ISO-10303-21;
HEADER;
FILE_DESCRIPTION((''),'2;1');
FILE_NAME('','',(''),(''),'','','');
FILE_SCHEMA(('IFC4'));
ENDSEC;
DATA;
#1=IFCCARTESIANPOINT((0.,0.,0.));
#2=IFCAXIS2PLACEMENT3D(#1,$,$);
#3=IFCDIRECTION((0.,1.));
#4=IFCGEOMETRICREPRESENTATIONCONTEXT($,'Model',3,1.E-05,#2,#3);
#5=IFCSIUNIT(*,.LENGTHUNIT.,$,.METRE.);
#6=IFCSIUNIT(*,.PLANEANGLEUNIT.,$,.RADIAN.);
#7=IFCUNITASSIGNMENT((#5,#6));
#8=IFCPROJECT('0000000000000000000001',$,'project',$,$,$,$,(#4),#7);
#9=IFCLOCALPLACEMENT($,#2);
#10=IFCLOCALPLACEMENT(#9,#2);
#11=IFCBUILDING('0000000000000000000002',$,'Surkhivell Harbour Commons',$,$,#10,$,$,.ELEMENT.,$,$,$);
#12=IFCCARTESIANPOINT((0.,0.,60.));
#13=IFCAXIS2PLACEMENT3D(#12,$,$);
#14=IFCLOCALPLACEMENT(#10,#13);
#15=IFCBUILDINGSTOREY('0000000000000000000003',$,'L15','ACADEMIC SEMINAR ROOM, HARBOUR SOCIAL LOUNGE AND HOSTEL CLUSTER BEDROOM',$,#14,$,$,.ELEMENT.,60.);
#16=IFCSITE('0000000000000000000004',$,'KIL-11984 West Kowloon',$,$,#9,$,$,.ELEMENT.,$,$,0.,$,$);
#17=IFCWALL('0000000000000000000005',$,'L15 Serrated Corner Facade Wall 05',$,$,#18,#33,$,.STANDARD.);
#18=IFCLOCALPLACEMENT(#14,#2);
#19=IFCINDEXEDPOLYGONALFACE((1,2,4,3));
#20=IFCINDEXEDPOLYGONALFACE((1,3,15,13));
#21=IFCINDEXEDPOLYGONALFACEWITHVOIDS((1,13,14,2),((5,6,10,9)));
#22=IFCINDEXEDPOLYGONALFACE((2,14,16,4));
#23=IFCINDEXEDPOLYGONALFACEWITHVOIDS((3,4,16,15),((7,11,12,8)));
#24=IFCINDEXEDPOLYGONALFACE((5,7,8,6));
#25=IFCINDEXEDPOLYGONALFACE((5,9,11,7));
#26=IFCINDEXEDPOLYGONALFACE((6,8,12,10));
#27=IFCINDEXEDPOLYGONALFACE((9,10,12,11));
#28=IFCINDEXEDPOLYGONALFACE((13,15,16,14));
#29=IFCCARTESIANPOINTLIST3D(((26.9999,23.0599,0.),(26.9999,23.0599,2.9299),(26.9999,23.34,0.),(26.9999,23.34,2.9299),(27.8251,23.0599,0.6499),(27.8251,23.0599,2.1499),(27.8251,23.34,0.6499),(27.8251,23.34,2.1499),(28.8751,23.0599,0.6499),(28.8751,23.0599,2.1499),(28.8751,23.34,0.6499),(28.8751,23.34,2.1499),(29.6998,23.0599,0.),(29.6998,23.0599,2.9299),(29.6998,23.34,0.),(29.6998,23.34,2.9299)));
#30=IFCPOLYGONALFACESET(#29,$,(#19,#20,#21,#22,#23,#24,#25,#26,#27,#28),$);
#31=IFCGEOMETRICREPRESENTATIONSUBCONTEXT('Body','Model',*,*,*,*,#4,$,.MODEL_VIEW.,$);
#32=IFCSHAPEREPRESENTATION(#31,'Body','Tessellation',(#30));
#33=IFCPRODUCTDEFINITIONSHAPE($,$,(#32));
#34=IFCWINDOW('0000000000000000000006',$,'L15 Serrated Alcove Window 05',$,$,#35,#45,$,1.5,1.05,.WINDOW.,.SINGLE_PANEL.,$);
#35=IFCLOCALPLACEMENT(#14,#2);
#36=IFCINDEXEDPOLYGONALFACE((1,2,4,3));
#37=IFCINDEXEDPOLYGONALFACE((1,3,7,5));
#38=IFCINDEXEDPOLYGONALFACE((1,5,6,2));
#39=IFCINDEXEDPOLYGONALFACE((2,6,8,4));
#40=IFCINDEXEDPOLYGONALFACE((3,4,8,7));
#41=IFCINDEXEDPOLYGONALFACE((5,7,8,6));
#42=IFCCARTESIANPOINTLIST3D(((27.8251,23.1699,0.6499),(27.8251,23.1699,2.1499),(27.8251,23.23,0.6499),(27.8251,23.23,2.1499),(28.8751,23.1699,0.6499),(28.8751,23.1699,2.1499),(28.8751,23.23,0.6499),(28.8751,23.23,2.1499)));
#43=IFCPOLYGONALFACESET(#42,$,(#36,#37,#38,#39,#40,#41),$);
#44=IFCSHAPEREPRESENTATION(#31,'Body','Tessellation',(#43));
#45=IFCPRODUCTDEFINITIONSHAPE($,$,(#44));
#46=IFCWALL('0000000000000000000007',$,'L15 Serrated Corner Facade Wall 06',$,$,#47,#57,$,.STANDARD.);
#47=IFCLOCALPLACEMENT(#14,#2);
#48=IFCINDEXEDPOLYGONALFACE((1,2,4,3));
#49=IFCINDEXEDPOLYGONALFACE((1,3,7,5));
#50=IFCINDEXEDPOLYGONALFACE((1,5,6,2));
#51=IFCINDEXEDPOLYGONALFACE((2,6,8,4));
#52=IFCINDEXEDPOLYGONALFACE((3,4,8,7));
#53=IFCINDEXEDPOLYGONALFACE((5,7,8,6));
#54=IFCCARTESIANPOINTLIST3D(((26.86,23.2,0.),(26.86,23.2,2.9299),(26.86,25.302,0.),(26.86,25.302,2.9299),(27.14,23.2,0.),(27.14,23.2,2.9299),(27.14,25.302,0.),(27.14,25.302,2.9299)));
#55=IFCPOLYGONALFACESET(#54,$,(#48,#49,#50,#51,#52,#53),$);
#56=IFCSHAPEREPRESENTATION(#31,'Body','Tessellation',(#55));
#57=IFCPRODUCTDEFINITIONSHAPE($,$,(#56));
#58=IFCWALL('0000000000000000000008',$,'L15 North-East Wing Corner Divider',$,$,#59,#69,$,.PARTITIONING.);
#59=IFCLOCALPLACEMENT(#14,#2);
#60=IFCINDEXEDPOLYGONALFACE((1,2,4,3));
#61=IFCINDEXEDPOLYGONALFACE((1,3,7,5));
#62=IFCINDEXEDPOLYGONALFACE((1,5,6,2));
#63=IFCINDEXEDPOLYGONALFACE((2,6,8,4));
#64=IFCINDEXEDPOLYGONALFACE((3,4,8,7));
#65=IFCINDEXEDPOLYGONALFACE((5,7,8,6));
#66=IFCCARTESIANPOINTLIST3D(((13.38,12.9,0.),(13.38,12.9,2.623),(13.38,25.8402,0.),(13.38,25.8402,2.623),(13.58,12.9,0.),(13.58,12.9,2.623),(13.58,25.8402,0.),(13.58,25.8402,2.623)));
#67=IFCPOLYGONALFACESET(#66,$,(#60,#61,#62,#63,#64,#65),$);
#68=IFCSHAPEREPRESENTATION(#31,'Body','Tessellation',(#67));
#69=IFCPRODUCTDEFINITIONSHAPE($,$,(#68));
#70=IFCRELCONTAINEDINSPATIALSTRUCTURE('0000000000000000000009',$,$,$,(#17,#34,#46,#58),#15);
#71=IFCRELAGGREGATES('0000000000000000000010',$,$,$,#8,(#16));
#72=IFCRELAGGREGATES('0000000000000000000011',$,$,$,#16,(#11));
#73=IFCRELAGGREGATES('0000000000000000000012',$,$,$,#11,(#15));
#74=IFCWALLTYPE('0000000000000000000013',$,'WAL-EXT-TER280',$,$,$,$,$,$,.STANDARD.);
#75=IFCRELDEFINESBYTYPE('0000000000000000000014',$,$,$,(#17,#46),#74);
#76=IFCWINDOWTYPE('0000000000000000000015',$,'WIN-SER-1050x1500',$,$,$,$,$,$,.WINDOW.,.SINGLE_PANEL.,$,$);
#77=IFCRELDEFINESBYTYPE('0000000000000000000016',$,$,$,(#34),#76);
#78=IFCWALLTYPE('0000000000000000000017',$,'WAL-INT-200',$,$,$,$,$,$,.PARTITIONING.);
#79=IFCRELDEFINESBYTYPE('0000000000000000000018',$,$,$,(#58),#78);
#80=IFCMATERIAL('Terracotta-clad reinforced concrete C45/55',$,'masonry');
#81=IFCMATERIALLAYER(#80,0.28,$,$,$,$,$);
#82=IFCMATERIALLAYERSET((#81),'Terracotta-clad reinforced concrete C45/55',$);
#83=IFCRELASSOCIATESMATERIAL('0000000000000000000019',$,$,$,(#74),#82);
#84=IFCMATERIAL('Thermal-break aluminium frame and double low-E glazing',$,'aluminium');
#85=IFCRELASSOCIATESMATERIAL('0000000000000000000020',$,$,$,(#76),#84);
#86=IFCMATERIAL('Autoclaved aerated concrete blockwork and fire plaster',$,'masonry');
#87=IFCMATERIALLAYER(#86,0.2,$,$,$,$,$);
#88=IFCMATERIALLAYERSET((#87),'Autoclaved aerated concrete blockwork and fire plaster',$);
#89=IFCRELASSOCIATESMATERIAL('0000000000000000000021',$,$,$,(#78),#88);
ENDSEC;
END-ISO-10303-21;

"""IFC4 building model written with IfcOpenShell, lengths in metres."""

from ifc_helpers import new_model, si_unit, direction, frame, frame_2d, origin, place, context, subcontext, project, spatial, rectangle, extrude, material, layer, layer_set, type_object, element, fill, save


model = new_model("IFC4")

# Units and contexts
model_context = context("Model", 3, precision=1e-05, world=origin(), true_north=direction((0.0, 1.0)))
body_context = subcontext(model_context, "Body", "Model", "MODEL_VIEW")
ifc_project = project(units=[si_unit("LENGTHUNIT", "METRE"), si_unit("PLANEANGLEUNIT", "RADIAN")], contexts=[model_context])

# Site, building, storey
site_placement = place(None, origin())
site = spatial("IfcSite", under=ifc_project, at=site_placement, Name="KIL-11984 West Kowloon", CompositionType="ELEMENT", RefElevation=0.0)
building_placement = place(site_placement, origin())
building = spatial("IfcBuilding", under=site, at=building_placement, Name="Surkhivell Harbour Commons", CompositionType="ELEMENT")
storey_placement = place(building_placement, frame((0.0, 0.0, 60.0)))
storey = spatial("IfcBuildingStorey", under=building, at=storey_placement, Name="L15", Description="ACADEMIC SEMINAR ROOM, HARBOUR SOCIAL LOUNGE AND HOSTEL CLUSTER BEDROOM", CompositionType="ELEMENT", Elevation=60.0)

# Shared definitions
ifc_material_1 = material(Name="Terracotta-clad reinforced concrete C45/55", Category="masonry")
ifc_layer_1 = layer(ifc_material_1, 0.28)
ifc_layer_set_1 = layer_set([ifc_layer_1], Name="Terracotta-clad reinforced concrete C45/55")
wall_type_1 = type_object("IfcWallType", Name="WAL-EXT-TER280", PredefinedType="STANDARD", material=ifc_layer_set_1)

# Wall, opening, window
wall_1_placement = place(storey_placement, frame((29.7, 23.2, 0.0), z_axis=(0.0, 0.0, 1.0), x_axis=(-1.0, 0.0, 0.0)))
wall_1 = element("IfcWall", 1, at=wall_1_placement, inside=storey, type_object=wall_type_1, Name="L15 Serrated Corner Facade Wall 05", PredefinedType="STANDARD", context=body_context, shape_type="SweptSolid", body=[
    extrude(rectangle(XDim=2.7, YDim=0.28, at=frame_2d((1.3501, 0.0))), origin(), (0.0, 0.0, 1.0), 2.9299),
])
opening_placement = place(wall_1_placement, frame((0.825, 0.0, 0.6499)))
opening = element("IfcOpeningElement", 2, at=opening_placement, cuts=wall_1, PredefinedType="OPENING", context=body_context, shape_type="SweptSolid", body=[
    extrude(rectangle(XDim=1.05, YDim=1.5, at=frame_2d((0.5249, 0.75))), frame((0.0, 0.1499, 0.0), z_axis=(0.0, -1.0, 0.0), x_axis=(1.0, 0.0, 0.0)), (0.0, 0.0, 1.0), 0.3),
])
ifc_material_2 = material(Name="Thermal-break aluminium frame and double low-E glazing", Category="aluminium")
window_type = type_object("IfcWindowType", Name="WIN-SER-1050x1500", PartitioningType="SINGLE_PANEL", PredefinedType="WINDOW", material=ifc_material_2)
window_placement = place(opening_placement, origin())
window = element("IfcWindow", 3, at=window_placement, inside=storey, type_object=window_type, Name="L15 Serrated Alcove Window 05", OverallHeight=1.5, OverallWidth=1.05, PartitioningType="SINGLE_PANEL", PredefinedType="WINDOW", context=body_context, shape_type="SweptSolid", body=[
    extrude(rectangle(XDim=1.05, YDim=1.5, at=frame_2d((0.5249, 0.75))), frame((0.0, 0.03, 0.0), z_axis=(0.0, -1.0, 0.0), x_axis=(1.0, 0.0, 0.0)), (0.0, 0.0, 1.0), 0.0601),
])
fill(opening, window)

# Walls
wall_2_placement = place(storey_placement, frame((27.0, 23.2, 0.0), z_axis=(0.0, 0.0, 1.0), x_axis=(0.0, 1.0, 0.0)))
element("IfcWall", 4, at=wall_2_placement, inside=storey, type_object=wall_type_1, Name="L15 Serrated Corner Facade Wall 06", PredefinedType="STANDARD", context=body_context, shape_type="SweptSolid", body=[
    extrude(rectangle(XDim=2.1021, YDim=0.28, at=frame_2d((1.051, 0.0))), origin(), (0.0, 0.0, 1.0), 2.9299),
])
ifc_material_3 = material(Name="Autoclaved aerated concrete blockwork and fire plaster", Category="masonry")
ifc_layer_2 = layer(ifc_material_3, 0.2)
ifc_layer_set_2 = layer_set([ifc_layer_2], Name="Autoclaved aerated concrete blockwork and fire plaster")
wall_type_2 = type_object("IfcWallType", Name="WAL-INT-200", PredefinedType="PARTITIONING", material=ifc_layer_set_2)
wall_3_placement = place(storey_placement, frame((13.48, 12.8999, 0.0), z_axis=(0.0, 0.0, 1.0), x_axis=(0.0, 1.0, 0.0)))
element("IfcWall", 5, at=wall_3_placement, inside=storey, type_object=wall_type_2, Name="L15 North-East Wing Corner Divider", PredefinedType="PARTITIONING", context=body_context, shape_type="SweptSolid", body=[
    extrude(rectangle(XDim=12.9402, YDim=0.2, at=frame_2d((6.4702, 0.0))), origin(), (0.0, 0.0, 1.0), 2.623),
])

save(model, "model.ifc")
